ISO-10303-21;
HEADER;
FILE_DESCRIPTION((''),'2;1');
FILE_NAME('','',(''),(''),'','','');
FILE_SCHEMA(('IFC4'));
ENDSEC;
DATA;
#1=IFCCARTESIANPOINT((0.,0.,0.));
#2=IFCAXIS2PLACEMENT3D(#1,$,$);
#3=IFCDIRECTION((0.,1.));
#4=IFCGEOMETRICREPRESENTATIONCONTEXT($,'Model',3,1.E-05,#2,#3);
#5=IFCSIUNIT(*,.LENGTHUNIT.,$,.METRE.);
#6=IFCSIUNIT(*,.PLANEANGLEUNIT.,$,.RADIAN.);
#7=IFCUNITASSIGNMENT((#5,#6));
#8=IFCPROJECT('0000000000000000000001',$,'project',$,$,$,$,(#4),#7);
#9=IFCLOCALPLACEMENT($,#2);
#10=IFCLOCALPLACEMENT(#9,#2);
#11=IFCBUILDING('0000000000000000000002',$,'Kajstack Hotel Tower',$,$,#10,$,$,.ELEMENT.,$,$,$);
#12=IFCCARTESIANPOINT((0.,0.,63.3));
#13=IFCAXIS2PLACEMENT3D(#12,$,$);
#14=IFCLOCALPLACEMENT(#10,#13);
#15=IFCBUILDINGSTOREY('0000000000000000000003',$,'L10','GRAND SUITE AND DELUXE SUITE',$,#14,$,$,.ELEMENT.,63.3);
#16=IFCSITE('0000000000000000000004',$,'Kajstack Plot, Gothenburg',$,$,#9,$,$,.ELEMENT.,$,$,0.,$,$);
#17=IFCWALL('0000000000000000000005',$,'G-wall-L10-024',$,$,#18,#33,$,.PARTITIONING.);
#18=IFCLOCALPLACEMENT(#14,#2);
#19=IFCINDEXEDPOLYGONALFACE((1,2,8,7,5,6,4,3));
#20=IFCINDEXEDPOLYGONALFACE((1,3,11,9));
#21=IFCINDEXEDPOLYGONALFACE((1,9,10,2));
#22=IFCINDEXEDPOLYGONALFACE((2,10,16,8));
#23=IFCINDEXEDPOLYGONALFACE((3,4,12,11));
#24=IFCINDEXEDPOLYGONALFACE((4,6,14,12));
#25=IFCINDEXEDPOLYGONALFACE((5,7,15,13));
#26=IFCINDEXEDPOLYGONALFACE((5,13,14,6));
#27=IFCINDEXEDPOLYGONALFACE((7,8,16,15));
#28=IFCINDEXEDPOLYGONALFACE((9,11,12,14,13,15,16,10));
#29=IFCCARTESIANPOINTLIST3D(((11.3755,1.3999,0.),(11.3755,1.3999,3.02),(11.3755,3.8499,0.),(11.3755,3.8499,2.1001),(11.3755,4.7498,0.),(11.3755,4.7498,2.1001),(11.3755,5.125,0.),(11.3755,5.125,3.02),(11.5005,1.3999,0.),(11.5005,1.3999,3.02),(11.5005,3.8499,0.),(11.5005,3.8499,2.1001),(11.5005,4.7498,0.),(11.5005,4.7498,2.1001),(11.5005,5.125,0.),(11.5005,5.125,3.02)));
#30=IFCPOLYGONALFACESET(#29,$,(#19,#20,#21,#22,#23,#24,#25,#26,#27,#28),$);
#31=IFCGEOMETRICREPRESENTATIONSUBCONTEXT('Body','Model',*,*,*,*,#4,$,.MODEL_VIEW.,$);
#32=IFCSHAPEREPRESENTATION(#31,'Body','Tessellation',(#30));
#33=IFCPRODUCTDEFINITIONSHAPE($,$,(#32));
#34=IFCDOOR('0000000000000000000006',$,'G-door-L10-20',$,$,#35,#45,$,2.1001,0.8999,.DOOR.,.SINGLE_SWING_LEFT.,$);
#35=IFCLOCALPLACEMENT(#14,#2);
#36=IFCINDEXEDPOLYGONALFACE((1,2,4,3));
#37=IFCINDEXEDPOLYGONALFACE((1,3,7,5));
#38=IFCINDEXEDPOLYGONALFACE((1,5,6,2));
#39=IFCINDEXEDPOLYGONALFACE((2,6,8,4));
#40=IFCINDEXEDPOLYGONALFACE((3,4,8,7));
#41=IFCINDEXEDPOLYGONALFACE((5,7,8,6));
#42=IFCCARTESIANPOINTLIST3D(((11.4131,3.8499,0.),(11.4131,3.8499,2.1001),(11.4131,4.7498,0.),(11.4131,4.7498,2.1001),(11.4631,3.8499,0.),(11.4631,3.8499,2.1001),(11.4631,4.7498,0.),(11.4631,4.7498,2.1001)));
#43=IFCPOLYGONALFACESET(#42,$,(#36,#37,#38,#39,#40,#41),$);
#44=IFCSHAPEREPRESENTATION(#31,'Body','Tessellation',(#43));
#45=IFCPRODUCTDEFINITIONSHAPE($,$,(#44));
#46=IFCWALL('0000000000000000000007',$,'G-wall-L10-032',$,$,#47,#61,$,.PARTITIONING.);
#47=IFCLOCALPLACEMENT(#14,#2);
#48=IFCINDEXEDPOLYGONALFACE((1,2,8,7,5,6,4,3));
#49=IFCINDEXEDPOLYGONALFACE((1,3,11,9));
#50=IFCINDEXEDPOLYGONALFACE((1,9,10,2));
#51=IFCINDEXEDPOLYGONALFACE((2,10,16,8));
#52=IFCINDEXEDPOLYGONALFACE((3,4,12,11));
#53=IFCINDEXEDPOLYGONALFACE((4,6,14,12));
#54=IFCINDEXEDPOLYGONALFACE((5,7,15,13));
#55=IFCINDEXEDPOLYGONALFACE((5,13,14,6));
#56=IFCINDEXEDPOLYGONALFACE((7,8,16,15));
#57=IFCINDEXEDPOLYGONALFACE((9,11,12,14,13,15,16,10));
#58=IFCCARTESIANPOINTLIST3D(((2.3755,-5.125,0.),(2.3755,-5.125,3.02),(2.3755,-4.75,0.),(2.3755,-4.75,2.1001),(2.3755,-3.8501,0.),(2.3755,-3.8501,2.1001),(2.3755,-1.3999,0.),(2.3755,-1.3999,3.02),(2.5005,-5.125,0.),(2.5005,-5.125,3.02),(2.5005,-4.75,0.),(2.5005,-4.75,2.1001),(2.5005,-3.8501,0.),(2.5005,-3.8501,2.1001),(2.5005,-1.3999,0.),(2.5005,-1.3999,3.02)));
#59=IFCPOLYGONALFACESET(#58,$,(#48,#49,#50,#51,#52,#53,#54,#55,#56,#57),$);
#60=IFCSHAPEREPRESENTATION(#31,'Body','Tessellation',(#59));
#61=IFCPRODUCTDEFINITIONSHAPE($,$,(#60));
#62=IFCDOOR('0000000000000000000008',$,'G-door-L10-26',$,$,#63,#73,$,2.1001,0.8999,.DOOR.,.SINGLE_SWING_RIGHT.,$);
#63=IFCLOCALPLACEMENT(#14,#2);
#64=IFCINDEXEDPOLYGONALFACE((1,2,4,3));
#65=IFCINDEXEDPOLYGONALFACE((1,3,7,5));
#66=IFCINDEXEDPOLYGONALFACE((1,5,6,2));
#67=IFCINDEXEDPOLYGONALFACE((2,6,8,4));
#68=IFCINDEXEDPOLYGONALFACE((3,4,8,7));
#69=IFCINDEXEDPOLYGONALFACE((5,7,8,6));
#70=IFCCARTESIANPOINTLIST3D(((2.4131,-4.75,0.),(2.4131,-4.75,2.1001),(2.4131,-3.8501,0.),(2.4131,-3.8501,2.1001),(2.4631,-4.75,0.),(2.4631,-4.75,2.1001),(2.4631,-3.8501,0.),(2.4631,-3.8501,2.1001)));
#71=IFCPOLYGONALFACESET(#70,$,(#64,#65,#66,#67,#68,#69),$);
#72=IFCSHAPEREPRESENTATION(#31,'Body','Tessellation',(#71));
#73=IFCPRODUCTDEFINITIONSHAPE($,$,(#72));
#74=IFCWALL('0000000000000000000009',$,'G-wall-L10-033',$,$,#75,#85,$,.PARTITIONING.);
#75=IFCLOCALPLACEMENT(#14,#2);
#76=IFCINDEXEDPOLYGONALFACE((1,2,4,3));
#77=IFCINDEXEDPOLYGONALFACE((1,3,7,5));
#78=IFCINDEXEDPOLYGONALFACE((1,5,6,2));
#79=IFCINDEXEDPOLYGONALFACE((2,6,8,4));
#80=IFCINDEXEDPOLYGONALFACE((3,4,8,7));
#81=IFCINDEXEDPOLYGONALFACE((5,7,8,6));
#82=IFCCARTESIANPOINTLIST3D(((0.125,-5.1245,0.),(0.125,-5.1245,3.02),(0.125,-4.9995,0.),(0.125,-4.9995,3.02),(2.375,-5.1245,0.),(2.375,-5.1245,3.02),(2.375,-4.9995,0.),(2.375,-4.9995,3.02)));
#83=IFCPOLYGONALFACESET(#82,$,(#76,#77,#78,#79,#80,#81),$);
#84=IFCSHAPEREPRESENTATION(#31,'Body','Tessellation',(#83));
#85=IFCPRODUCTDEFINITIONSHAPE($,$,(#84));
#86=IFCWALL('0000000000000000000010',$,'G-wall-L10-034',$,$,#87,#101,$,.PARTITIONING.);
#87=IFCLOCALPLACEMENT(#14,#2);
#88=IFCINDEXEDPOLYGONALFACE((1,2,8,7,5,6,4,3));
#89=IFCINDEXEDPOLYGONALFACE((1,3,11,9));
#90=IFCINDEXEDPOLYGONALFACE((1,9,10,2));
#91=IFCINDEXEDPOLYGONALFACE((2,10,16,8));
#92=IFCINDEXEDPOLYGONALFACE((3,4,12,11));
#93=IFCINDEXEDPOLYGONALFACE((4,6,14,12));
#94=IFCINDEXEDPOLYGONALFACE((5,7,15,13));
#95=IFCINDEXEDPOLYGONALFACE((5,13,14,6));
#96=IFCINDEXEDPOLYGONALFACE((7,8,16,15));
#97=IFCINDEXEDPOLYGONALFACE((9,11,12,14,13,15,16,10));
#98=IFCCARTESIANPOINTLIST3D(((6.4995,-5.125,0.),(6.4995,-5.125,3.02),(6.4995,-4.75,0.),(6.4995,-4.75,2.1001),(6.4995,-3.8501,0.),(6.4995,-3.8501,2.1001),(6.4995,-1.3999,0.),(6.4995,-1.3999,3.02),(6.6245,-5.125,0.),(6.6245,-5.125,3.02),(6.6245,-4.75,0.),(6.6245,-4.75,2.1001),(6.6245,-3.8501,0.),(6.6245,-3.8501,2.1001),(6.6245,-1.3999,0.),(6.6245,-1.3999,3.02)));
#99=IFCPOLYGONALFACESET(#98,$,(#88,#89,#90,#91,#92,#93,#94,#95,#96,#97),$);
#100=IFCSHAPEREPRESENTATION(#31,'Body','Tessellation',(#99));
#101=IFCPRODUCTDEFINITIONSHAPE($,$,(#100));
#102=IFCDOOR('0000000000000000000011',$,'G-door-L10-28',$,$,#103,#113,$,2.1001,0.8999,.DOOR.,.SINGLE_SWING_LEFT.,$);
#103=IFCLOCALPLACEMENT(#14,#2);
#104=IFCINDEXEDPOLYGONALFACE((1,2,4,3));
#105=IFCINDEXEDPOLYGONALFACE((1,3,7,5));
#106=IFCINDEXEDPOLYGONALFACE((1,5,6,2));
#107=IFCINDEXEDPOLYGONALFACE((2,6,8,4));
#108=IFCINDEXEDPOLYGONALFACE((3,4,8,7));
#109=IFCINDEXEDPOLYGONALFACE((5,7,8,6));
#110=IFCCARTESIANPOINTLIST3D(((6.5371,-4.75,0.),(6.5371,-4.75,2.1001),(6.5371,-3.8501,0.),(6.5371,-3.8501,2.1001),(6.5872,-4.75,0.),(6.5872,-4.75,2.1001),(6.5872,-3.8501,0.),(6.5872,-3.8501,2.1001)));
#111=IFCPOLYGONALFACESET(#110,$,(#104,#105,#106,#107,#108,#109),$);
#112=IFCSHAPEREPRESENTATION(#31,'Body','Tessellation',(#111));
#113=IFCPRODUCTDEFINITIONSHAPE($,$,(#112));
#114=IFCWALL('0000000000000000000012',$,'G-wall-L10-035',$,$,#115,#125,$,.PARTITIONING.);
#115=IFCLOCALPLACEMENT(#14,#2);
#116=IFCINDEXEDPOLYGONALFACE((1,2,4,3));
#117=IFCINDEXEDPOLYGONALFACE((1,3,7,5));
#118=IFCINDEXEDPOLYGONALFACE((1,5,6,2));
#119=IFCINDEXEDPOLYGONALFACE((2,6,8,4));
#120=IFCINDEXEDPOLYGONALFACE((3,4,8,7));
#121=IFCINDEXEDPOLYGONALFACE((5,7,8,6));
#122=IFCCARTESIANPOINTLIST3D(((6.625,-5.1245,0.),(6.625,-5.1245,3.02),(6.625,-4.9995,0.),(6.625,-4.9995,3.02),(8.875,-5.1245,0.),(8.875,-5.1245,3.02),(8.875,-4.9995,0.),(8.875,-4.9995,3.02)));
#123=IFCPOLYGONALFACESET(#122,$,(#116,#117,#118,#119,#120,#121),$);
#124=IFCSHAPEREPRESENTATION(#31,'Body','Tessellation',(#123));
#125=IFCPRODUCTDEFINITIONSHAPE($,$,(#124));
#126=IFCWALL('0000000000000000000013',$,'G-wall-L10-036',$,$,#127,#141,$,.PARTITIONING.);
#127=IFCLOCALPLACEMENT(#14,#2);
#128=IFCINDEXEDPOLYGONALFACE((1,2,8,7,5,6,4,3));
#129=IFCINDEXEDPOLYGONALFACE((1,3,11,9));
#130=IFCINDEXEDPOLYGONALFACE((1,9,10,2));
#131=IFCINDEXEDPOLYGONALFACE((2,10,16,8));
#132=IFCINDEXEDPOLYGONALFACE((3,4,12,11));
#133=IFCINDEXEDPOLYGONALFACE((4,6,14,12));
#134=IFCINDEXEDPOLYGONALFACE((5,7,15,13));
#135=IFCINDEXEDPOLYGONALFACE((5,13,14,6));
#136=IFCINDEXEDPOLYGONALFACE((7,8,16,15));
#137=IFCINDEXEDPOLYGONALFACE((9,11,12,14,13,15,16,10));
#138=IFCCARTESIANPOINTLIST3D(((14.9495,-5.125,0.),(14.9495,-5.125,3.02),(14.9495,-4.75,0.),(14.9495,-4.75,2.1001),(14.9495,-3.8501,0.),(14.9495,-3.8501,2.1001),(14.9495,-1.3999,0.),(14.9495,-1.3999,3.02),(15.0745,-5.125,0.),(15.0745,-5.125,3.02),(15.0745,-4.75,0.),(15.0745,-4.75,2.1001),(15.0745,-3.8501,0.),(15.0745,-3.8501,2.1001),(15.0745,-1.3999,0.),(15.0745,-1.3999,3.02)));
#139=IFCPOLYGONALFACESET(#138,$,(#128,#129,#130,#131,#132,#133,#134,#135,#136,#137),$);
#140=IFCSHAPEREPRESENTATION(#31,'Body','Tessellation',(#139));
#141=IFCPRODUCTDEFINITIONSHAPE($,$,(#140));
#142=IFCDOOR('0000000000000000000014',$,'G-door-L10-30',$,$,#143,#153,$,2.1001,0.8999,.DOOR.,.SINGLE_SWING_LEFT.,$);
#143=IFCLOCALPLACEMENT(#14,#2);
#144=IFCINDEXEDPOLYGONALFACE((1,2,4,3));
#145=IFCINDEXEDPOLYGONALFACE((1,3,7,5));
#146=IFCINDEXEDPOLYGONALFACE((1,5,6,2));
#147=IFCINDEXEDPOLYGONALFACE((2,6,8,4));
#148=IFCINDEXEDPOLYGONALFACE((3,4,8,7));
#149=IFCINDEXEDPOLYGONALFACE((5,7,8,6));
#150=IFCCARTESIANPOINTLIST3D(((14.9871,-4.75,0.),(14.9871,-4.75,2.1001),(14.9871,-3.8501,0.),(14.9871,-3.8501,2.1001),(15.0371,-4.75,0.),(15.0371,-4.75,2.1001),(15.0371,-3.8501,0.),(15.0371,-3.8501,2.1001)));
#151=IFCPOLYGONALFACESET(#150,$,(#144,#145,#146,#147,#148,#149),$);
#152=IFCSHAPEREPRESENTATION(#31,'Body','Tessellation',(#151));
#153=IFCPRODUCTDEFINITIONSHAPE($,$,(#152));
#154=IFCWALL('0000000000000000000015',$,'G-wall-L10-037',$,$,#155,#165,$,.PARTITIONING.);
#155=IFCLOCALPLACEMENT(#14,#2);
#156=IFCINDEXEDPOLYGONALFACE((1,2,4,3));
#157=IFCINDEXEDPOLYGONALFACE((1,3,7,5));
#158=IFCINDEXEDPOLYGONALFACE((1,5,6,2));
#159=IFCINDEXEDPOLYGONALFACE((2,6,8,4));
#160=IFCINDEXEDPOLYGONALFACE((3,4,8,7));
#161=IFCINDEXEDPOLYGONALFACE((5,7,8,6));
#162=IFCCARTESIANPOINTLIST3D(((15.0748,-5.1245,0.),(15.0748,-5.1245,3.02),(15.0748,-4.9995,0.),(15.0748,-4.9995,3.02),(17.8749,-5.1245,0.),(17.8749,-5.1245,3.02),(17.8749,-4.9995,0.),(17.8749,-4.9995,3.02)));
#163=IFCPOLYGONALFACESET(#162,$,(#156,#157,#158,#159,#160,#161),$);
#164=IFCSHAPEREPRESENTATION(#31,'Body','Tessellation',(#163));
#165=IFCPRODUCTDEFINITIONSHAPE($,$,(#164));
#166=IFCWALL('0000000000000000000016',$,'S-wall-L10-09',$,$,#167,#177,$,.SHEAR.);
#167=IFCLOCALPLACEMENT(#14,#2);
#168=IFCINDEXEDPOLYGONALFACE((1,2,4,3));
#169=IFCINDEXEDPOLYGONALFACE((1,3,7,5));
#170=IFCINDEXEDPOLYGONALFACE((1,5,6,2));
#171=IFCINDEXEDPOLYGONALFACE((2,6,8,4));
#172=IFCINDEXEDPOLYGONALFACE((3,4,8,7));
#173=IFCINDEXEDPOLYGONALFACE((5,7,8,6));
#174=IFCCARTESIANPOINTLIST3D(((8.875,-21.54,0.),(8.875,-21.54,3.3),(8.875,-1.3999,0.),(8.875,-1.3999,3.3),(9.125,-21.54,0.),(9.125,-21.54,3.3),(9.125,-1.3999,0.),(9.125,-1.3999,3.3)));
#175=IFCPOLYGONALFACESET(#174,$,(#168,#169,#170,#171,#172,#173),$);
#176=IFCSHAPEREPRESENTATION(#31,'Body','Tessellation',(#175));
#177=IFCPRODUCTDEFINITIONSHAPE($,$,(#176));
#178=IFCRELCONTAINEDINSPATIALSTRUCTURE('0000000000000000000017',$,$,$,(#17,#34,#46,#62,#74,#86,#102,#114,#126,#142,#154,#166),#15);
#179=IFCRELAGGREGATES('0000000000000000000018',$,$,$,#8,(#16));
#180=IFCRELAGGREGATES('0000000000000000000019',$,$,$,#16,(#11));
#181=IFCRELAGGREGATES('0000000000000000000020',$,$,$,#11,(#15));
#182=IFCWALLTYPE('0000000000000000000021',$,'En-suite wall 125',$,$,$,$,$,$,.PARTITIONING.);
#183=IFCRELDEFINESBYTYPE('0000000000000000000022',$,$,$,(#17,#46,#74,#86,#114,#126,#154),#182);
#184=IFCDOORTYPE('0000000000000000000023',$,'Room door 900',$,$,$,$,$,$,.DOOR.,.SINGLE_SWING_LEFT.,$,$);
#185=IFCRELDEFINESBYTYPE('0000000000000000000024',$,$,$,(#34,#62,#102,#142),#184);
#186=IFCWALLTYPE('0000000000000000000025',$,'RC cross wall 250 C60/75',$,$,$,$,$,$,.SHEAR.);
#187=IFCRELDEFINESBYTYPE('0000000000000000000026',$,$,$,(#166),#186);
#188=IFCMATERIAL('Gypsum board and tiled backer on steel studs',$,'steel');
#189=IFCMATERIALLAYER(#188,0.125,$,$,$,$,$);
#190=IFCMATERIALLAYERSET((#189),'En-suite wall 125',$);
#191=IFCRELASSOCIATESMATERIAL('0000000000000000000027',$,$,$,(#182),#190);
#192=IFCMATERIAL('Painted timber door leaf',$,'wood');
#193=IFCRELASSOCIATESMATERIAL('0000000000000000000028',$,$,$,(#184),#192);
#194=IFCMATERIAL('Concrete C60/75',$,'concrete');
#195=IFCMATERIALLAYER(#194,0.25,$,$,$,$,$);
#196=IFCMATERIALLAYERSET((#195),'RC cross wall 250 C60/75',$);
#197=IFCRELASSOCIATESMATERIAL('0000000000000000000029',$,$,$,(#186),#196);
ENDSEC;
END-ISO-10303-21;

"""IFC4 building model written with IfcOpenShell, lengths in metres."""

from ifc_helpers import new_model, si_unit, direction, frame, frame_2d, origin, place, context, subcontext, project, spatial, rectangle, extrude, material, layer, layer_set, type_object, element, fill, save


model = new_model("IFC4")

# Units and contexts
model_context = context("Model", 3, precision=1e-05, world=origin(), true_north=direction((0.0, 1.0)))
body_context = subcontext(model_context, "Body", "Model", "MODEL_VIEW")
ifc_project = project(units=[si_unit("LENGTHUNIT", "METRE"), si_unit("PLANEANGLEUNIT", "RADIAN")], contexts=[model_context])

# Site, building, storey
site_placement = place(None, origin())
site = spatial("IfcSite", under=ifc_project, at=site_placement, Name="Kajstack Plot, Gothenburg", CompositionType="ELEMENT", RefElevation=0.0)
building_placement = place(site_placement, origin())
building = spatial("IfcBuilding", under=site, at=building_placement, Name="Kajstack Hotel Tower", CompositionType="ELEMENT")
storey_placement = place(building_placement, frame((0.0, 0.0, 63.3)))
storey = spatial("IfcBuildingStorey", under=building, at=storey_placement, Name="L10", Description="GRAND SUITE AND DELUXE SUITE", CompositionType="ELEMENT", Elevation=63.3)

# Shared definitions
ifc_material_1 = material(Name="Concrete C60/75", Category="concrete")

# Walls, openings, doors
ifc_material_2 = material(Name="Gypsum board and tiled backer on steel studs", Category="steel")
ifc_layer_1 = layer(ifc_material_2, 0.125)
ifc_layer_set_1 = layer_set([ifc_layer_1], Name="En-suite wall 125")
wall_type_1 = type_object("IfcWallType", Name="En-suite wall 125", PredefinedType="PARTITIONING", material=ifc_layer_set_1)
ifc_material_3 = material(Name="Painted timber door leaf", Category="wood")
door_type_1 = type_object("IfcDoorType", Name="Room door 900", OperationType="SINGLE_SWING_LEFT", PredefinedType="DOOR", material=ifc_material_3)
wall_1_placement = place(storey_placement, frame((11.438, 1.3999, 0.0), z_axis=(0.0, 0.0, 1.0), x_axis=(0.0, 1.0, 0.0)))
wall_1 = element("IfcWall", 1, at=wall_1_placement, inside=storey, type_object=wall_type_1, Name="G-wall-L10-024", PredefinedType="PARTITIONING", context=body_context, shape_type="SweptSolid", body=[
    extrude(rectangle(XDim=3.7251, YDim=0.125, at=frame_2d((1.8625, 0.0))), origin(), (0.0, 0.0, 1.0), 3.02),
])
opening_1_placement = place(wall_1_placement, frame((2.45, 0.0, 0.0)))
opening_1 = element("IfcOpeningElement", 2, at=opening_1_placement, cuts=wall_1, PredefinedType="OPENING", context=body_context, shape_type="SweptSolid", body=[
    extrude(rectangle(XDim=0.8999, YDim=2.1001, at=frame_2d((0.45, 1.05))), frame((0.0, 0.0725, 0.0), z_axis=(0.0, -1.0, 0.0), x_axis=(1.0, 0.0, 0.0)), (0.0, 0.0, 1.0), 0.145),
])
door_1_placement = place(opening_1_placement, origin())
door_1 = element("IfcDoor", 3, at=door_1_placement, inside=storey, type_object=door_type_1, Name="G-door-L10-20", OperationType="SINGLE_SWING_LEFT", OverallHeight=2.1001, OverallWidth=0.8999, PredefinedType="DOOR", context=body_context, shape_type="SweptSolid", body=[
    extrude(rectangle(XDim=0.8999, YDim=2.1001, at=frame_2d((0.45, 1.05))), frame((0.0, 0.0249, 0.0), z_axis=(0.0, -1.0, 0.0), x_axis=(1.0, 0.0, 0.0)), (0.0, 0.0, 1.0), 0.05),
])
fill(opening_1, door_1)
wall_2_placement = place(storey_placement, frame((2.438, -5.125, 0.0), z_axis=(0.0, 0.0, 1.0), x_axis=(0.0, 1.0, 0.0)))
wall_2 = element("IfcWall", 4, at=wall_2_placement, inside=storey, type_object=wall_type_1, Name="G-wall-L10-032", PredefinedType="PARTITIONING", context=body_context, shape_type="SweptSolid", body=[
    extrude(rectangle(XDim=3.7251, YDim=0.125, at=frame_2d((1.8625, 0.0))), origin(), (0.0, 0.0, 1.0), 3.02),
])
opening_2_placement = place(wall_2_placement, frame((0.375, 0.0, 0.0)))
opening_2 = element("IfcOpeningElement", 5, at=opening_2_placement, cuts=wall_2, PredefinedType="OPENING", context=body_context, shape_type="SweptSolid", body=[
    extrude(rectangle(XDim=0.8999, YDim=2.1001, at=frame_2d((0.45, 1.05))), frame((0.0, 0.0725, 0.0), z_axis=(0.0, -1.0, 0.0), x_axis=(1.0, 0.0, 0.0)), (0.0, 0.0, 1.0), 0.145),
])
door_2_placement = place(opening_2_placement, origin())
door_2 = element("IfcDoor", 6, at=door_2_placement, inside=storey, type_object=door_type_1, Name="G-door-L10-26", OperationType="SINGLE_SWING_RIGHT", OverallHeight=2.1001, OverallWidth=0.8999, PredefinedType="DOOR", context=body_context, shape_type="SweptSolid", body=[
    extrude(rectangle(XDim=0.8999, YDim=2.1001, at=frame_2d((0.45, 1.05))), frame((0.0, 0.0249, 0.0), z_axis=(0.0, -1.0, 0.0), x_axis=(1.0, 0.0, 0.0)), (0.0, 0.0, 1.0), 0.05),
])
fill(opening_2, door_2)

# Wall
wall_3_placement = place(storey_placement, frame((0.125, -5.062, 0.0), z_axis=(0.0, 0.0, 1.0), x_axis=(1.0, 0.0, 0.0)))
element("IfcWall", 7, at=wall_3_placement, inside=storey, type_object=wall_type_1, Name="G-wall-L10-033", PredefinedType="PARTITIONING", context=body_context, shape_type="SweptSolid", body=[
    extrude(rectangle(XDim=2.25, YDim=0.125, at=frame_2d((1.125, 0.0))), origin(), (0.0, 0.0, 1.0), 3.02),
])

# Wall, opening, door
wall_4_placement = place(storey_placement, frame((6.562, -5.125, 0.0), z_axis=(0.0, 0.0, 1.0), x_axis=(0.0, 1.0, 0.0)))
wall_4 = element("IfcWall", 8, at=wall_4_placement, inside=storey, type_object=wall_type_1, Name="G-wall-L10-034", PredefinedType="PARTITIONING", context=body_context, shape_type="SweptSolid", body=[
    extrude(rectangle(XDim=3.7251, YDim=0.125, at=frame_2d((1.8625, 0.0))), origin(), (0.0, 0.0, 1.0), 3.02),
])
opening_3_placement = place(wall_4_placement, frame((0.375, 0.0, 0.0)))
opening_3 = element("IfcOpeningElement", 9, at=opening_3_placement, cuts=wall_4, PredefinedType="OPENING", context=body_context, shape_type="SweptSolid", body=[
    extrude(rectangle(XDim=0.8999, YDim=2.1001, at=frame_2d((0.45, 1.05))), frame((0.0, 0.0725, 0.0), z_axis=(0.0, -1.0, 0.0), x_axis=(1.0, 0.0, 0.0)), (0.0, 0.0, 1.0), 0.145),
])
door_3_placement = place(opening_3_placement, origin())
door_3 = element("IfcDoor", 10, at=door_3_placement, inside=storey, type_object=door_type_1, Name="G-door-L10-28", OperationType="SINGLE_SWING_LEFT", OverallHeight=2.1001, OverallWidth=0.8999, PredefinedType="DOOR", context=body_context, shape_type="SweptSolid", body=[
    extrude(rectangle(XDim=0.8999, YDim=2.1001, at=frame_2d((0.45, 1.05))), frame((0.0, 0.0249, 0.0), z_axis=(0.0, -1.0, 0.0), x_axis=(1.0, 0.0, 0.0)), (0.0, 0.0, 1.0), 0.05),
])
fill(opening_3, door_3)

# Wall
wall_5_placement = place(storey_placement, frame((6.625, -5.062, 0.0), z_axis=(0.0, 0.0, 1.0), x_axis=(1.0, 0.0, 0.0)))
element("IfcWall", 11, at=wall_5_placement, inside=storey, type_object=wall_type_1, Name="G-wall-L10-035", PredefinedType="PARTITIONING", context=body_context, shape_type="SweptSolid", body=[
    extrude(rectangle(XDim=2.25, YDim=0.125, at=frame_2d((1.125, 0.0))), origin(), (0.0, 0.0, 1.0), 3.02),
])

# Wall, opening, door
wall_6_placement = place(storey_placement, frame((15.012, -5.125, 0.0), z_axis=(0.0, 0.0, 1.0), x_axis=(0.0, 1.0, 0.0)))
wall_6 = element("IfcWall", 12, at=wall_6_placement, inside=storey, type_object=wall_type_1, Name="G-wall-L10-036", PredefinedType="PARTITIONING", context=body_context, shape_type="SweptSolid", body=[
    extrude(rectangle(XDim=3.7251, YDim=0.125, at=frame_2d((1.8625, 0.0))), origin(), (0.0, 0.0, 1.0), 3.02),
])
opening_4_placement = place(wall_6_placement, frame((0.375, 0.0, 0.0)))
opening_4 = element("IfcOpeningElement", 13, at=opening_4_placement, cuts=wall_6, PredefinedType="OPENING", context=body_context, shape_type="SweptSolid", body=[
    extrude(rectangle(XDim=0.8999, YDim=2.1001, at=frame_2d((0.45, 1.05))), frame((0.0, 0.0725, 0.0), z_axis=(0.0, -1.0, 0.0), x_axis=(1.0, 0.0, 0.0)), (0.0, 0.0, 1.0), 0.145),
])
door_4_placement = place(opening_4_placement, origin())
door_4 = element("IfcDoor", 14, at=door_4_placement, inside=storey, type_object=door_type_1, Name="G-door-L10-30", OperationType="SINGLE_SWING_LEFT", OverallHeight=2.1001, OverallWidth=0.8999, PredefinedType="DOOR", context=body_context, shape_type="SweptSolid", body=[
    extrude(rectangle(XDim=0.8999, YDim=2.1001, at=frame_2d((0.45, 1.05))), frame((0.0, 0.0249, 0.0), z_axis=(0.0, -1.0, 0.0), x_axis=(1.0, 0.0, 0.0)), (0.0, 0.0, 1.0), 0.05),
])
fill(opening_4, door_4)

# Walls
wall_7_placement = place(storey_placement, frame((15.075, -5.062, 0.0), z_axis=(0.0, 0.0, 1.0), x_axis=(1.0, 0.0, 0.0)))
element("IfcWall", 15, at=wall_7_placement, inside=storey, type_object=wall_type_1, Name="G-wall-L10-037", PredefinedType="PARTITIONING", context=body_context, shape_type="SweptSolid", body=[
    extrude(rectangle(XDim=2.8, YDim=0.125, at=frame_2d((1.3999, 0.0))), origin(), (0.0, 0.0, 1.0), 3.02),
])
ifc_layer_2 = layer(ifc_material_1, 0.25)
ifc_layer_set_2 = layer_set([ifc_layer_2], Name="RC cross wall 250 C60/75")
wall_type_2 = type_object("IfcWallType", Name="RC cross wall 250 C60/75", PredefinedType="SHEAR", material=ifc_layer_set_2)
for number, where, z_axis, x_axis, name in (
    (16, (9.0, -21.54, 0.0), (0.0, 0.0, 1.0), (0.0, 1.0, 0.0), "S-wall-L10-09"),
):
    element("IfcWall", number, at=place(storey_placement, frame(where, z_axis=z_axis, x_axis=x_axis)), inside=storey, type_object=wall_type_2, Name=name, PredefinedType="SHEAR", context=body_context, shape_type="SweptSolid", body=[
        extrude(rectangle(XDim=20.1401, YDim=0.25, at=frame_2d((10.0701, 0.0))), origin(), (0.0, 0.0, 1.0), 3.3),
    ])

save(model, "model.ifc")
